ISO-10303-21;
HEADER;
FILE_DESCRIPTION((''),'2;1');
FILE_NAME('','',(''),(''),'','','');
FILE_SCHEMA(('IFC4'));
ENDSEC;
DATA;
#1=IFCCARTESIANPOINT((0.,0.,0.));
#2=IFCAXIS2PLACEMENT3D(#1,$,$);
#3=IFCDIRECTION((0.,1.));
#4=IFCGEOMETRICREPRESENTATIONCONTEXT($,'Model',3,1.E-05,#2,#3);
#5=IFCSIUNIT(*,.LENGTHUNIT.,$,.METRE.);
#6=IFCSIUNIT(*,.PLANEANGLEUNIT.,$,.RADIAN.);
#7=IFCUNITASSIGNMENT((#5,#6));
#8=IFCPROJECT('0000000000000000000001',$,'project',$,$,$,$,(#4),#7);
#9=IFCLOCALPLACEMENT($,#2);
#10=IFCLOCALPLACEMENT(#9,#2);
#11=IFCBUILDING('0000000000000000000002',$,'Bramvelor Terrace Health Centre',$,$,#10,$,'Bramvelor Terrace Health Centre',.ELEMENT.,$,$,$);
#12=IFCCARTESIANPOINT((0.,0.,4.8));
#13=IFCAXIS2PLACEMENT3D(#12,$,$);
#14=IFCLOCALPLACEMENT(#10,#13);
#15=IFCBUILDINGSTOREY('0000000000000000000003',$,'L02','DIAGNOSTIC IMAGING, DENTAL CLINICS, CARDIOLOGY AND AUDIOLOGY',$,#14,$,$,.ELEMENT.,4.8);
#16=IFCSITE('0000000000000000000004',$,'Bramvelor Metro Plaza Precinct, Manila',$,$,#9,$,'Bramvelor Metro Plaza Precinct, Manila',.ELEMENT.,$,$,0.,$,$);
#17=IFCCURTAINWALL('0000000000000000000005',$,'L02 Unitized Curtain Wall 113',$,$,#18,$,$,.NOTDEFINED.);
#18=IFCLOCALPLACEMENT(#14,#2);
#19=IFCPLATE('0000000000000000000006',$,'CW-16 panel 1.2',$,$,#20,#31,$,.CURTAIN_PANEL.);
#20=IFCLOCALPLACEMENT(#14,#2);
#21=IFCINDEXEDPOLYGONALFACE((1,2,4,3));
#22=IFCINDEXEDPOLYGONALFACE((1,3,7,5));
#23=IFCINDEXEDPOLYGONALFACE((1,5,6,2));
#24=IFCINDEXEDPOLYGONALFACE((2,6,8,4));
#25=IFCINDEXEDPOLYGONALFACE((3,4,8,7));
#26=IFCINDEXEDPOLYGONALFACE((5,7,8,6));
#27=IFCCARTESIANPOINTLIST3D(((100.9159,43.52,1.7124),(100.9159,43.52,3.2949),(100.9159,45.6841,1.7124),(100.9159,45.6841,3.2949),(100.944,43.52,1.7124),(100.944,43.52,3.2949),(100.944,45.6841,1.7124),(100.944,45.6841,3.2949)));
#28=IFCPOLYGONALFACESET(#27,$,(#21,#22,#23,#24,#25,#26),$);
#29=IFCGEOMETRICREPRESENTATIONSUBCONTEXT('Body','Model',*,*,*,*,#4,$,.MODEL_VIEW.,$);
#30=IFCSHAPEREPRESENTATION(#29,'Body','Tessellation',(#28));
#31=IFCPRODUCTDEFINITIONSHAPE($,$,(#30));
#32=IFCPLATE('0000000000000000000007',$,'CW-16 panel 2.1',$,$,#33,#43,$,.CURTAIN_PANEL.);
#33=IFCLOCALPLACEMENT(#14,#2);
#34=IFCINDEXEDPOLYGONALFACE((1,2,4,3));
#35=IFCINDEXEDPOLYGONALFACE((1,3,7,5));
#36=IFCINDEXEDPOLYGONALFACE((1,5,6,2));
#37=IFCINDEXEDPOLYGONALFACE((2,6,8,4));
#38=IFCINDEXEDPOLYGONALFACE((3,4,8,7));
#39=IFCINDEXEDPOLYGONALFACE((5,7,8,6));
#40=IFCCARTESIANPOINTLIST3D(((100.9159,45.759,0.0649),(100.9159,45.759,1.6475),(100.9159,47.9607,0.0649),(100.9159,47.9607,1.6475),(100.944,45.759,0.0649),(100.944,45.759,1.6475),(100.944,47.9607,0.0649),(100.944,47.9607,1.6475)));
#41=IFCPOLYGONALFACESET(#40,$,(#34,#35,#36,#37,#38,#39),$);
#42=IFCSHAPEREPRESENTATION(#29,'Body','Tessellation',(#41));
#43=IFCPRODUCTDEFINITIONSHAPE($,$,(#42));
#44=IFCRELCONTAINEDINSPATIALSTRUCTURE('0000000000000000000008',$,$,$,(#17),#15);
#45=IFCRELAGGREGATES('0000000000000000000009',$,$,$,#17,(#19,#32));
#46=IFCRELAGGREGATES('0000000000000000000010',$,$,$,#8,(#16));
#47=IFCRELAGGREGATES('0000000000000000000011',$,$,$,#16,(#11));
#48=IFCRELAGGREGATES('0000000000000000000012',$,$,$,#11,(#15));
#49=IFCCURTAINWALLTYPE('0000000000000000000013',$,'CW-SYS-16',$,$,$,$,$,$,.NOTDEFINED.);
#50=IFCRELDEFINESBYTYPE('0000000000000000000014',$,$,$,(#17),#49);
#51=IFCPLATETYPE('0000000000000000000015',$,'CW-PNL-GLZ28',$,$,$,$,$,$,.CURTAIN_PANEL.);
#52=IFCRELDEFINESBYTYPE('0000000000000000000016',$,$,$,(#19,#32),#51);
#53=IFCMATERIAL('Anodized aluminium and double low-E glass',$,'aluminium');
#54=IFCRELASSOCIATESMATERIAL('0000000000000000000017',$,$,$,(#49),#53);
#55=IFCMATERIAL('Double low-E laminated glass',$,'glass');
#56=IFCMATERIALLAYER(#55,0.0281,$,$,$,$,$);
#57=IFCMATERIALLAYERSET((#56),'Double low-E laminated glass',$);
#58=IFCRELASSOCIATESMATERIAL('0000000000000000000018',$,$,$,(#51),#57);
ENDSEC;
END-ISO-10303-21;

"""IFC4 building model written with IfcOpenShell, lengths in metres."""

from ifc_helpers import new_model, si_unit, direction, frame, origin, origin_2d, place, context, subcontext, project, spatial, rectangle, extrude, material, layer, layer_set, type_object, element, aggregate, save


model = new_model("IFC4")

# Units and contexts
model_context = context("Model", 3, precision=1e-05, world=origin(), true_north=direction((0.0, 1.0)))
body_context = subcontext(model_context, "Body", "Model", "MODEL_VIEW")
ifc_project = project(units=[si_unit("LENGTHUNIT", "METRE"), si_unit("PLANEANGLEUNIT", "RADIAN")], contexts=[model_context])

# Site, building, storey
site_placement = place(None, origin())
site = spatial("IfcSite", under=ifc_project, at=site_placement, Name="Bramvelor Metro Plaza Precinct, Manila", LongName="Bramvelor Metro Plaza Precinct, Manila", CompositionType="ELEMENT", RefElevation=0.0)
building_placement = place(site_placement, origin())
building = spatial("IfcBuilding", under=site, at=building_placement, Name="Bramvelor Terrace Health Centre", LongName="Bramvelor Terrace Health Centre", CompositionType="ELEMENT")
storey_placement = place(building_placement, frame((0.0, 0.0, 4.8)))
storey = spatial("IfcBuildingStorey", under=building, at=storey_placement, Name="L02", Description="DIAGNOSTIC IMAGING, DENTAL CLINICS, CARDIOLOGY AND AUDIOLOGY", CompositionType="ELEMENT", Elevation=4.8)

# Curtain wall
ifc_material_1 = material(Name="Anodized aluminium and double low-E glass", Category="aluminium")
curtain_wall_type = type_object("IfcCurtainWallType", Name="CW-SYS-16", PredefinedType="NOTDEFINED", material=ifc_material_1)
curtain_wall_1_placement = place(storey_placement, origin())
curtain_wall_1 = element("IfcCurtainWall", 1, at=curtain_wall_1_placement, inside=storey, type_object=curtain_wall_type, Name="L02 Unitized Curtain Wall 113", PredefinedType="NOTDEFINED")

# Plates
ifc_material_2 = material(Name="Double low-E laminated glass", Category="glass")
ifc_layer = layer(ifc_material_2, 0.0281)
ifc_layer_set = layer_set([ifc_layer], Name="Double low-E laminated glass")
plate_type = type_object("IfcPlateType", Name="CW-PNL-GLZ28", PredefinedType="CURTAIN_PANEL", material=ifc_layer_set)
plate_1_placement = place(storey_placement, frame((100.9299, 44.6021, 1.7124), z_axis=(0.0, 0.0, 1.0), x_axis=(0.0, 1.0, 0.0)))
plate_1 = element("IfcPlate", 2, at=plate_1_placement, type_object=plate_type, Name="CW-16 panel 1.2", PredefinedType="CURTAIN_PANEL", context=body_context, shape_type="SweptSolid", body=[
    extrude(rectangle(XDim=2.1641, YDim=0.0281, at=origin_2d()), origin(), (0.0, 0.0, 1.0), 1.5825),
])
plate_2_placement = place(storey_placement, frame((100.9299, 46.8599, 0.0649), z_axis=(0.0, 0.0, 1.0), x_axis=(0.0, 1.0, 0.0)))
plate_2 = element("IfcPlate", 3, at=plate_2_placement, type_object=plate_type, Name="CW-16 panel 2.1", PredefinedType="CURTAIN_PANEL", context=body_context, shape_type="SweptSolid", body=[
    extrude(rectangle(XDim=2.2017, YDim=0.0281, at=origin_2d()), origin(), (0.0, 0.0, 1.0), 1.5825),
])
aggregate(curtain_wall_1, [plate_1, plate_2])

save(model, "model.ifc")
